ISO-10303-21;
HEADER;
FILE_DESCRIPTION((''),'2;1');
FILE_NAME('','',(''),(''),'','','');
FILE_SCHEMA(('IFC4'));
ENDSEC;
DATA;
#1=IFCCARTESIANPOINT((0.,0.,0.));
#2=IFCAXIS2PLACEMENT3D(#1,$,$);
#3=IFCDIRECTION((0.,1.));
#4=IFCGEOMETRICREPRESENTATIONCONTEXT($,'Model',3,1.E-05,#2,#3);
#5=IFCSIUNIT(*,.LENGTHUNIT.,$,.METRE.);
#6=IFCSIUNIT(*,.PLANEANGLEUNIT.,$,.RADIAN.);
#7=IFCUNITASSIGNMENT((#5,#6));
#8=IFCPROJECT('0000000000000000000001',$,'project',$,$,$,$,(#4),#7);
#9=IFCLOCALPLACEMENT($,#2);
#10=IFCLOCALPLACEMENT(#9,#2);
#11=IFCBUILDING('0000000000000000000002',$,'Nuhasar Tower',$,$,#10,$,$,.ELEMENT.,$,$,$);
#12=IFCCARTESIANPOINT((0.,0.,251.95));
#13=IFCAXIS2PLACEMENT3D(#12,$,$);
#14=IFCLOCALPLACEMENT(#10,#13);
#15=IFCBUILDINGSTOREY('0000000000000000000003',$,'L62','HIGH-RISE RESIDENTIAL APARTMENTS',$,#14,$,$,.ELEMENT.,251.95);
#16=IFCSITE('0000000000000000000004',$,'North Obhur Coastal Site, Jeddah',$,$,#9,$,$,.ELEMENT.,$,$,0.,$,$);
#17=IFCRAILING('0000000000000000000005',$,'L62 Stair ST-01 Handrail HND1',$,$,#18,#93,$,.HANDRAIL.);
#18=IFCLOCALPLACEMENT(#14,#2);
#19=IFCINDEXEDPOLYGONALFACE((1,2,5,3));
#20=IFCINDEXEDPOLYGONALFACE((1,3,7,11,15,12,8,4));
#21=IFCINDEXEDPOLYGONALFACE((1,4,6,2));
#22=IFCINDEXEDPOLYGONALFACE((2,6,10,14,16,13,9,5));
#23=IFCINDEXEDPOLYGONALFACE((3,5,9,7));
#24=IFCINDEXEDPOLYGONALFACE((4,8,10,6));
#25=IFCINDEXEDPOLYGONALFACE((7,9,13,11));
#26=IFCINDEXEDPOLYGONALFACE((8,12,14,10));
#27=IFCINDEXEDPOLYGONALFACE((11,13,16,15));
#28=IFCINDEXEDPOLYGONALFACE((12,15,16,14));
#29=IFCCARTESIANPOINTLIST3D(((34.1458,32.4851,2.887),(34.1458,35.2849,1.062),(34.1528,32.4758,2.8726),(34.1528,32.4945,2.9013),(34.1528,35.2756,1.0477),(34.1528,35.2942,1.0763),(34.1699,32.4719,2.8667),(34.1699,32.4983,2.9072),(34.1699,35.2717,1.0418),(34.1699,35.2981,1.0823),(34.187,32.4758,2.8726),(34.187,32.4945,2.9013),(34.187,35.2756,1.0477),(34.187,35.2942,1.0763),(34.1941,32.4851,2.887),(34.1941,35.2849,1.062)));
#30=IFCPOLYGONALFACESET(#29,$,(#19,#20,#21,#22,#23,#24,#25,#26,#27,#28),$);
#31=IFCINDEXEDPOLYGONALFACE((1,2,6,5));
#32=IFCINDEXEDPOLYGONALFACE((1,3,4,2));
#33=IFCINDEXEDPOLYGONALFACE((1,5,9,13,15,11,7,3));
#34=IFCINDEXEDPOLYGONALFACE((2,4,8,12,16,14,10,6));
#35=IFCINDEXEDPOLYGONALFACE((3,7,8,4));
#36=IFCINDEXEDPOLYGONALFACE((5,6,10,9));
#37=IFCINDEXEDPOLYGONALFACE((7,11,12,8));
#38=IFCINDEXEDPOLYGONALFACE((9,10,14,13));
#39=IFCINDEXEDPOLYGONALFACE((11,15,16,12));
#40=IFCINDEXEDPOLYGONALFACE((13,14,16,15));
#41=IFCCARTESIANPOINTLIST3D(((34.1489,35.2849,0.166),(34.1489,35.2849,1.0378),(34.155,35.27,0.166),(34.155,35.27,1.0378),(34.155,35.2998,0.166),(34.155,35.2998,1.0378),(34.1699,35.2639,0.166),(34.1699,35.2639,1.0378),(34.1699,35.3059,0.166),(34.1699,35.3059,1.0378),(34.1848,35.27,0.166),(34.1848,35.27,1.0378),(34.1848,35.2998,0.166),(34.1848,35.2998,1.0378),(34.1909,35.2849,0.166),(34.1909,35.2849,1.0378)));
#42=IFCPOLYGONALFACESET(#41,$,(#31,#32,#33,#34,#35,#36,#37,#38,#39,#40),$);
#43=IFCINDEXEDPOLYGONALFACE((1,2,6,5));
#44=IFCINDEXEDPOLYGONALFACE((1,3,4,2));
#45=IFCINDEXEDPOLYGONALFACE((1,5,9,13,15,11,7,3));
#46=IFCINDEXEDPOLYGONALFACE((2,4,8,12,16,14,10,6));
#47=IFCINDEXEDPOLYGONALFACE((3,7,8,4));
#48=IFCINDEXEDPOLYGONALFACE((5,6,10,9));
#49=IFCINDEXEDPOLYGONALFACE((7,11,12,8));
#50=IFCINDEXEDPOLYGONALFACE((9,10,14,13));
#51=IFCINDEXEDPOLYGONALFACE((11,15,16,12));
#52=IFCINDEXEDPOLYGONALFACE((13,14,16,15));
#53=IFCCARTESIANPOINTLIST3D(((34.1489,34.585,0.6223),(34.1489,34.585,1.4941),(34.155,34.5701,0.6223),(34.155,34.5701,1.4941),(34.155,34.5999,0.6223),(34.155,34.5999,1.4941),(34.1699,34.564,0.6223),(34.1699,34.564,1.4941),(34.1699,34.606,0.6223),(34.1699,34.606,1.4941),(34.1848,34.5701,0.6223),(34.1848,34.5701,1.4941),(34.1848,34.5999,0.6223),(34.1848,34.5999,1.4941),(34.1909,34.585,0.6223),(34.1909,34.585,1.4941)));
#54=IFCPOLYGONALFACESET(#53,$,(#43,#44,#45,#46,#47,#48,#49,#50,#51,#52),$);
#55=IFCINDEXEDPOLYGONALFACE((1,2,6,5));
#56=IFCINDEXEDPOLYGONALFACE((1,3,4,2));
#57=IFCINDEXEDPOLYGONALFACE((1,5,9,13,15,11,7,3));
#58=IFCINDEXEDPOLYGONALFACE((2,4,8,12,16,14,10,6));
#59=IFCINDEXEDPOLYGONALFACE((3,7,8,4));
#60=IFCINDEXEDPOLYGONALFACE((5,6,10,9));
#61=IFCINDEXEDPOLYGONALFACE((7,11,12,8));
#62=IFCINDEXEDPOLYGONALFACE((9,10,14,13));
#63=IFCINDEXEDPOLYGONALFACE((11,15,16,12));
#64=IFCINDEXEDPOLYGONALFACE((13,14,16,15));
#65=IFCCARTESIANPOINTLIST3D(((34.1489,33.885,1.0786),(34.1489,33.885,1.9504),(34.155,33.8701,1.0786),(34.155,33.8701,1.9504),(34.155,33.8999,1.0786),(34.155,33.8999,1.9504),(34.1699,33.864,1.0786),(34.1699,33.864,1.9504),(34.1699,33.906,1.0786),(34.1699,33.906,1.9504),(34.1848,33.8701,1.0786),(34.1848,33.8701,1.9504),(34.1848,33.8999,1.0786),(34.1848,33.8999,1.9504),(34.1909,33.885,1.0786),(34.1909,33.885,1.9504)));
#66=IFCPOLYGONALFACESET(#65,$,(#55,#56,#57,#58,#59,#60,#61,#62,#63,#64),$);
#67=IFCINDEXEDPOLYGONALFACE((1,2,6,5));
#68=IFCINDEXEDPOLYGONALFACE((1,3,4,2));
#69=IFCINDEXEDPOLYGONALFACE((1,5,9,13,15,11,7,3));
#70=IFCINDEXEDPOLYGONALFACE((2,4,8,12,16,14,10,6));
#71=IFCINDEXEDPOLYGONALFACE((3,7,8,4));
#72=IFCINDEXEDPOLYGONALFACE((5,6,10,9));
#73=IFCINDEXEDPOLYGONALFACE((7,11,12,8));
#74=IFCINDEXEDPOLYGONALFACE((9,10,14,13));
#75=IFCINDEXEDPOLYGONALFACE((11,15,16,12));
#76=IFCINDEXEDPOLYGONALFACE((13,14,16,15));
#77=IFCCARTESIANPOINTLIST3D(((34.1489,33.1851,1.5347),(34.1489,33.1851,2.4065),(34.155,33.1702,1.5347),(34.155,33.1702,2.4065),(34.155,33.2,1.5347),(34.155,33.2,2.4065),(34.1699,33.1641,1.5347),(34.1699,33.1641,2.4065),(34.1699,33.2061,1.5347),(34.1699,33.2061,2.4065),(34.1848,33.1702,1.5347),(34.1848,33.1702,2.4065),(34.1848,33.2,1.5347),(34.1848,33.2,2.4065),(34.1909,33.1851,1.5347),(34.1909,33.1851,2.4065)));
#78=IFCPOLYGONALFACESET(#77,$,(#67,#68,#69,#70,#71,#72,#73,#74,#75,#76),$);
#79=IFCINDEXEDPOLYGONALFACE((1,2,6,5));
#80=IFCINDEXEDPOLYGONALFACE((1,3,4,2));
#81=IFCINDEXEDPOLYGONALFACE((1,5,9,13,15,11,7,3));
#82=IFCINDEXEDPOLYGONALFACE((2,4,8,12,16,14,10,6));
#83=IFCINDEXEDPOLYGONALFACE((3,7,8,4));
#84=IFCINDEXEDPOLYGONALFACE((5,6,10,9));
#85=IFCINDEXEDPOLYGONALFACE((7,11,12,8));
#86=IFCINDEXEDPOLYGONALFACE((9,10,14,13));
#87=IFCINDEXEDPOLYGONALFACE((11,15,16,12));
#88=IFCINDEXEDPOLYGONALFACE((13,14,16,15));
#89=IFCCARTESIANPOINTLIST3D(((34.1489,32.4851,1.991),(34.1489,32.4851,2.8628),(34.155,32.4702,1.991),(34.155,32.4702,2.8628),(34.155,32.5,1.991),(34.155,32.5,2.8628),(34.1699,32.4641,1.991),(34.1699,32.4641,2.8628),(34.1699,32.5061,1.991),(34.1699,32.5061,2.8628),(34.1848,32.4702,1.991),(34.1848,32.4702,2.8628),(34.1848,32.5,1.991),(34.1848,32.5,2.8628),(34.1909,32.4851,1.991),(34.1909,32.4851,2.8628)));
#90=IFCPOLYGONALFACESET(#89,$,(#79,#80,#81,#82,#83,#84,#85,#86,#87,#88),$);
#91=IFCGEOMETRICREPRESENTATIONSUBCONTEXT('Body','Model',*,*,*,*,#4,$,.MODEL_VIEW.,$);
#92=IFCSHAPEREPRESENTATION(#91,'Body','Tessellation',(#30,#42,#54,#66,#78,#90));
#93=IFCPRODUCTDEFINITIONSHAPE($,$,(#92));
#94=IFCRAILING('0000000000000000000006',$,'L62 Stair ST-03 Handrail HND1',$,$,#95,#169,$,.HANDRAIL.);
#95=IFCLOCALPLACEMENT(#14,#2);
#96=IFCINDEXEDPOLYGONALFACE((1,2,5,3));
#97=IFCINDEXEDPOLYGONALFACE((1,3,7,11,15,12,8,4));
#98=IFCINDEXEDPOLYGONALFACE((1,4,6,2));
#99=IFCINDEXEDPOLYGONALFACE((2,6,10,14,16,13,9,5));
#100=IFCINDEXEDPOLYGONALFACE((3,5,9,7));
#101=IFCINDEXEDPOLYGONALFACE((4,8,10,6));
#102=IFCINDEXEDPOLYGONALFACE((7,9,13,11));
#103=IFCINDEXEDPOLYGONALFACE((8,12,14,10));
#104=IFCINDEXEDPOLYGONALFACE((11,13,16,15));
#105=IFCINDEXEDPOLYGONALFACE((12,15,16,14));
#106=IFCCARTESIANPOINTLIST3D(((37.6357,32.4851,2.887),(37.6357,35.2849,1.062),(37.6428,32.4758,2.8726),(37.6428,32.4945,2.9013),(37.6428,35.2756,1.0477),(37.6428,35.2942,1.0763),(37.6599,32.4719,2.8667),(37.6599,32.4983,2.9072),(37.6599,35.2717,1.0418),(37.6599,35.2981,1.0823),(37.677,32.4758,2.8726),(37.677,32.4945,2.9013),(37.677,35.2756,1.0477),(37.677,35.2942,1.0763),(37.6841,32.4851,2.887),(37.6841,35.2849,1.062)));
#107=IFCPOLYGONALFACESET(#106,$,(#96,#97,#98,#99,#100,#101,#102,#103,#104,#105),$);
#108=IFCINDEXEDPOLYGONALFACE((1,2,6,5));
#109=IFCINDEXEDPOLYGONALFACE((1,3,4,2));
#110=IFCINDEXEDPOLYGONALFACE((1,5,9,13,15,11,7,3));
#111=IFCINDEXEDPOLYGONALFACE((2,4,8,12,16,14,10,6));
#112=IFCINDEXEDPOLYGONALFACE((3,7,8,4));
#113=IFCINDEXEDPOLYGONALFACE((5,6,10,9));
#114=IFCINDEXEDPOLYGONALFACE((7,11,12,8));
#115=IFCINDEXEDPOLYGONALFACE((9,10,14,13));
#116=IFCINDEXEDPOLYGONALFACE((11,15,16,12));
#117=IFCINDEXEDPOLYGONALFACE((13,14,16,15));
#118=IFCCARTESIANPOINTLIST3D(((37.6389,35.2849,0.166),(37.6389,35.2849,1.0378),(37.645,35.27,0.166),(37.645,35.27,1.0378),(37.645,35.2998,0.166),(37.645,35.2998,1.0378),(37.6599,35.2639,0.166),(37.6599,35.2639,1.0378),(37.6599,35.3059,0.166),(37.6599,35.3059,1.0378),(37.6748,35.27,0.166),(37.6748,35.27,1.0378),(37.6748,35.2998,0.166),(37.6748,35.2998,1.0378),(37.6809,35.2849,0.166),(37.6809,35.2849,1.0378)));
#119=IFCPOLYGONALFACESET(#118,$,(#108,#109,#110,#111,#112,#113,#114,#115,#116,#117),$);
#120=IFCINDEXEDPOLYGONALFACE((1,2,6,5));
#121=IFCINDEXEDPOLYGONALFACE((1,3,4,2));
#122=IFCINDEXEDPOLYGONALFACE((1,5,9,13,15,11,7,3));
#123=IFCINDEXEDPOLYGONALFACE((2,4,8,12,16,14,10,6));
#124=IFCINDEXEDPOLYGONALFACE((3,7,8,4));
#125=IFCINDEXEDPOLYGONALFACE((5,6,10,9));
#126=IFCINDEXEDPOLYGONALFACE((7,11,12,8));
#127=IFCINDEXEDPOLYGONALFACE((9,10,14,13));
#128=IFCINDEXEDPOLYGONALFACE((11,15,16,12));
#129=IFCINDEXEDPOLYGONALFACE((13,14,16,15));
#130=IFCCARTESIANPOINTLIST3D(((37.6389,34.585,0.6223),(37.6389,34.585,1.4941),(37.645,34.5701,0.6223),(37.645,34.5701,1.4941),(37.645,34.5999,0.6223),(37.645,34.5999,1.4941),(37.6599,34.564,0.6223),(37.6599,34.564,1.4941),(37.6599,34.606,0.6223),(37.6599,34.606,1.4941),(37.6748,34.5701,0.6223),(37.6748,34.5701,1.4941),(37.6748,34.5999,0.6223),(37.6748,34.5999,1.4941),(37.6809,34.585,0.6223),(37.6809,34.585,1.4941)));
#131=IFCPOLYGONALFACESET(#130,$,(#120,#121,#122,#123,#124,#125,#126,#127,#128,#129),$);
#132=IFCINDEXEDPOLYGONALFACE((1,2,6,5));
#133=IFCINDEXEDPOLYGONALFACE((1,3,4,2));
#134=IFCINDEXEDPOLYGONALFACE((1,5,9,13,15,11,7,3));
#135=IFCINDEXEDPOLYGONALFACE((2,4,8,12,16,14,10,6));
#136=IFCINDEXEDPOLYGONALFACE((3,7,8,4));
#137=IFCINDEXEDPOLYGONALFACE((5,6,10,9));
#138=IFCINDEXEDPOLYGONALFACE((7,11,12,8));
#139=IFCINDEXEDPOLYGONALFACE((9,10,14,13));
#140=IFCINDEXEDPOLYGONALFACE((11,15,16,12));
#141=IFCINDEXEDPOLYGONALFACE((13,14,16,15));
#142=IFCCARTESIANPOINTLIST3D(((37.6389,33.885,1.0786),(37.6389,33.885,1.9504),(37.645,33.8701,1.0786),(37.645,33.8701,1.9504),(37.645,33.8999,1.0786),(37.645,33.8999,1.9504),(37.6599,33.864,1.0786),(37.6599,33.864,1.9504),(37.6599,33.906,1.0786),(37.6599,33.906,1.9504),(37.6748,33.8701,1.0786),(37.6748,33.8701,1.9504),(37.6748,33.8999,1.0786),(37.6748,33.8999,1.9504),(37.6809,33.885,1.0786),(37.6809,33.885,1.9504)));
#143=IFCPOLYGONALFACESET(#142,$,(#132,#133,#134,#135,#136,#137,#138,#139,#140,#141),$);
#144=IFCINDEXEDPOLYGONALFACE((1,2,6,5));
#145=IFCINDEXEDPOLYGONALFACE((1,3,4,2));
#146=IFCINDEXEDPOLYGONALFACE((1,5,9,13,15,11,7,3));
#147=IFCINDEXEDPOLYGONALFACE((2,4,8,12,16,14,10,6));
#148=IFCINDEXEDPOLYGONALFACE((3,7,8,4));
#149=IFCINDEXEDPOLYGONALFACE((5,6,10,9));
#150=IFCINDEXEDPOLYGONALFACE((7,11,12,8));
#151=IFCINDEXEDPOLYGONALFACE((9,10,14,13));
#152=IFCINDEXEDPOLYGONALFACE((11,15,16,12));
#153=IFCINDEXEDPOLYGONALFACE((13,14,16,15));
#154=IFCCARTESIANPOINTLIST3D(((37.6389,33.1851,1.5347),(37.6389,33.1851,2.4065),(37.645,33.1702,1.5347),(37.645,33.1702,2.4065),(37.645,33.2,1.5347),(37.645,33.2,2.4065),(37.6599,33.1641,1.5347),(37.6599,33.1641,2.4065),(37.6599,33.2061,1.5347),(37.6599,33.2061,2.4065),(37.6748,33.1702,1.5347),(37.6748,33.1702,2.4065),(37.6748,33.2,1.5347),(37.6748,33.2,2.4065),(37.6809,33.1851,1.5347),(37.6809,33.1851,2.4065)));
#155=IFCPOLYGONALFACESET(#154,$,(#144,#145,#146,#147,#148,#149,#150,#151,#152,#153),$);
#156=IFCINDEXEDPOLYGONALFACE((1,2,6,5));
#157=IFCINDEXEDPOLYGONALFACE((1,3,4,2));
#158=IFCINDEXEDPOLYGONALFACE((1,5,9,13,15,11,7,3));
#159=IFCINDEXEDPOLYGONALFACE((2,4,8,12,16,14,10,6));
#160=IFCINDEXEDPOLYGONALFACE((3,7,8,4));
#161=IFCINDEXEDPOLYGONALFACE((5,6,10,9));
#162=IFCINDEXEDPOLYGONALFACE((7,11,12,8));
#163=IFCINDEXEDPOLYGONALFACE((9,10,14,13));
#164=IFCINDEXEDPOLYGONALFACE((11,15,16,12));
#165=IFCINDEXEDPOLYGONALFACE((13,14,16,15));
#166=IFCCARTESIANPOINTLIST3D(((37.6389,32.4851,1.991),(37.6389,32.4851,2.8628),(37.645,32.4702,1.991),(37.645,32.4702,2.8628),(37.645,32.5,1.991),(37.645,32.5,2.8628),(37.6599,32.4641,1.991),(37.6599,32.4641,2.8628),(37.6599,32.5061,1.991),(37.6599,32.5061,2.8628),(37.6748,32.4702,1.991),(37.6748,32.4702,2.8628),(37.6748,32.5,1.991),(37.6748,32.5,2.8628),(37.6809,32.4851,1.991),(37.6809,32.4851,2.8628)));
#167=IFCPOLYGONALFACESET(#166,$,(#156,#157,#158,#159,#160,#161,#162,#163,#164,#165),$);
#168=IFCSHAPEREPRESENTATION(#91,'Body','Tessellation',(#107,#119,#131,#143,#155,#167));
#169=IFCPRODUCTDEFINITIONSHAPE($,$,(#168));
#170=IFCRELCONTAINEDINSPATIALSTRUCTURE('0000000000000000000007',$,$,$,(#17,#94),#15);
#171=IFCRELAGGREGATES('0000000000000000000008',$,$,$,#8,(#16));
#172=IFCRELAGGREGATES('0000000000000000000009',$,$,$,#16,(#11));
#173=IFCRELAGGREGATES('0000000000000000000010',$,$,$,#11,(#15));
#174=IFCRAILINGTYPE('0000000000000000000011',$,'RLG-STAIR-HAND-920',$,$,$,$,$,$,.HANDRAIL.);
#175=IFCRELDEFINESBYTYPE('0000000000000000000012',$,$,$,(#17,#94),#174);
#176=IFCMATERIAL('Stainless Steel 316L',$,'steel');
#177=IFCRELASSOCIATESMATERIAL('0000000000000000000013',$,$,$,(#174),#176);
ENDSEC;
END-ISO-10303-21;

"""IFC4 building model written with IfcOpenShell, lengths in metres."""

from ifc_helpers import new_model, si_unit, direction, frame, origin, place, context, subcontext, project, spatial, polyline, outline, extrude, material, type_object, element, save


model = new_model("IFC4")

# Units and contexts
model_context = context("Model", 3, precision=1e-05, world=origin(), true_north=direction((0.0, 1.0)))
body_context = subcontext(model_context, "Body", "Model", "MODEL_VIEW")
ifc_project = project(units=[si_unit("LENGTHUNIT", "METRE"), si_unit("PLANEANGLEUNIT", "RADIAN")], contexts=[model_context])

# Site, building, storey
site_placement = place(None, origin())
site = spatial("IfcSite", under=ifc_project, at=site_placement, Name="North Obhur Coastal Site, Jeddah", CompositionType="ELEMENT", RefElevation=0.0)
building_placement = place(site_placement, origin())
building = spatial("IfcBuilding", under=site, at=building_placement, Name="Nuhasar Tower", CompositionType="ELEMENT")
storey_placement = place(building_placement, frame((0.0, 0.0, 251.95)))
storey = spatial("IfcBuildingStorey", under=building, at=storey_placement, Name="L62", Description="HIGH-RISE RESIDENTIAL APARTMENTS", CompositionType="ELEMENT", Elevation=251.95)

# Railings
ifc_material_1 = material(Name="Stainless Steel 316L", Category="steel")
railing_type_1 = type_object("IfcRailingType", Name="RLG-STAIR-HAND-920", PredefinedType="HANDRAIL", material=ifc_material_1)
railing_1_placement = place(storey_placement, frame((34.1699, 35.2849, 0.166)))
element("IfcRailing", 1, at=railing_1_placement, inside=storey, type_object=railing_type_1, Name="L62 Stair ST-01 Handrail HND1", PredefinedType="HANDRAIL", context=body_context, shape_type="SweptSolid", body=[
    extrude(outline(polyline([(0.0242, 0.0), (0.0171, 0.0171), (0.0, 0.0242), (-0.0171, 0.0171), (-0.0242, 0.0), (-0.0171, -0.0171), (0.0, -0.0242), (0.0171, -0.0171), (0.0242, 0.0)])), frame((0.0, 0.0, 0.896), z_axis=(0.0, -0.837749, 0.546056), x_axis=(1.0, 0.0, 0.0)), (0.0, 0.0, 1.0), 3.342),
    extrude(outline(polyline([(0.021, 0.0), (0.0149, 0.0149), (0.0, 0.021), (-0.0149, 0.0149), (-0.021, 0.0), (-0.0149, -0.0149), (0.0, -0.021), (0.0149, -0.0149), (0.021, 0.0)])), origin(), (0.0, 0.0, 1.0), 0.8718),
    extrude(outline(polyline([(0.021, 0.0), (0.0149, 0.0149), (0.0, 0.021), (-0.0149, 0.0149), (-0.021, 0.0), (-0.0149, -0.0149), (0.0, -0.021), (0.0149, -0.0149), (0.021, 0.0)])), frame((0.0, -0.7, 0.4563)), (0.0, 0.0, 1.0), 0.8718),
    extrude(outline(polyline([(0.021, 0.0), (0.0149, 0.0149), (0.0, 0.021), (-0.0149, 0.0149), (-0.021, 0.0), (-0.0149, -0.0149), (0.0, -0.021), (0.0149, -0.0149), (0.021, 0.0)])), frame((0.0, -1.3999, 0.9126)), (0.0, 0.0, 1.0), 0.8718),
    extrude(outline(polyline([(0.021, 0.0), (0.0149, 0.0149), (0.0, 0.021), (-0.0149, 0.0149), (-0.021, 0.0), (-0.0149, -0.0149), (0.0, -0.021), (0.0149, -0.0149), (0.021, 0.0)])), frame((0.0, -2.0999, 1.3687)), (0.0, 0.0, 1.0), 0.8718),
    extrude(outline(polyline([(0.021, 0.0), (0.0149, 0.0149), (0.0, 0.021), (-0.0149, 0.0149), (-0.021, 0.0), (-0.0149, -0.0149), (0.0, -0.021), (0.0149, -0.0149), (0.021, 0.0)])), frame((0.0, -2.7998, 1.825)), (0.0, 0.0, 1.0), 0.8718),
])
railing_2_placement = place(storey_placement, frame((37.6599, 35.2849, 0.166)))
element("IfcRailing", 2, at=railing_2_placement, inside=storey, type_object=railing_type_1, Name="L62 Stair ST-03 Handrail HND1", PredefinedType="HANDRAIL", context=body_context, shape_type="SweptSolid", body=[
    extrude(outline(polyline([(0.0242, 0.0), (0.0171, 0.0171), (0.0, 0.0242), (-0.0171, 0.0171), (-0.0242, 0.0), (-0.0171, -0.0171), (0.0, -0.0242), (0.0171, -0.0171), (0.0242, 0.0)])), frame((0.0, 0.0, 0.896), z_axis=(0.0, -0.837749, 0.546056), x_axis=(1.0, 0.0, 0.0)), (0.0, 0.0, 1.0), 3.342),
    extrude(outline(polyline([(0.021, 0.0), (0.0149, 0.0149), (0.0, 0.021), (-0.0149, 0.0149), (-0.021, 0.0), (-0.0149, -0.0149), (0.0, -0.021), (0.0149, -0.0149), (0.021, 0.0)])), origin(), (0.0, 0.0, 1.0), 0.8718),
    extrude(outline(polyline([(0.021, 0.0), (0.0149, 0.0149), (0.0, 0.021), (-0.0149, 0.0149), (-0.021, 0.0), (-0.0149, -0.0149), (0.0, -0.021), (0.0149, -0.0149), (0.021, 0.0)])), frame((0.0, -0.7, 0.4563)), (0.0, 0.0, 1.0), 0.8718),
    extrude(outline(polyline([(0.021, 0.0), (0.0149, 0.0149), (0.0, 0.021), (-0.0149, 0.0149), (-0.021, 0.0), (-0.0149, -0.0149), (0.0, -0.021), (0.0149, -0.0149), (0.021, 0.0)])), frame((0.0, -1.3999, 0.9126)), (0.0, 0.0, 1.0), 0.8718),
    extrude(outline(polyline([(0.021, 0.0), (0.0149, 0.0149), (0.0, 0.021), (-0.0149, 0.0149), (-0.021, 0.0), (-0.0149, -0.0149), (0.0, -0.021), (0.0149, -0.0149), (0.021, 0.0)])), frame((0.0, -2.0999, 1.3687)), (0.0, 0.0, 1.0), 0.8718),
    extrude(outline(polyline([(0.021, 0.0), (0.0149, 0.0149), (0.0, 0.021), (-0.0149, 0.0149), (-0.021, 0.0), (-0.0149, -0.0149), (0.0, -0.021), (0.0149, -0.0149), (0.021, 0.0)])), frame((0.0, -2.7998, 1.825)), (0.0, 0.0, 1.0), 0.8718),
])

save(model, "model.ifc")
